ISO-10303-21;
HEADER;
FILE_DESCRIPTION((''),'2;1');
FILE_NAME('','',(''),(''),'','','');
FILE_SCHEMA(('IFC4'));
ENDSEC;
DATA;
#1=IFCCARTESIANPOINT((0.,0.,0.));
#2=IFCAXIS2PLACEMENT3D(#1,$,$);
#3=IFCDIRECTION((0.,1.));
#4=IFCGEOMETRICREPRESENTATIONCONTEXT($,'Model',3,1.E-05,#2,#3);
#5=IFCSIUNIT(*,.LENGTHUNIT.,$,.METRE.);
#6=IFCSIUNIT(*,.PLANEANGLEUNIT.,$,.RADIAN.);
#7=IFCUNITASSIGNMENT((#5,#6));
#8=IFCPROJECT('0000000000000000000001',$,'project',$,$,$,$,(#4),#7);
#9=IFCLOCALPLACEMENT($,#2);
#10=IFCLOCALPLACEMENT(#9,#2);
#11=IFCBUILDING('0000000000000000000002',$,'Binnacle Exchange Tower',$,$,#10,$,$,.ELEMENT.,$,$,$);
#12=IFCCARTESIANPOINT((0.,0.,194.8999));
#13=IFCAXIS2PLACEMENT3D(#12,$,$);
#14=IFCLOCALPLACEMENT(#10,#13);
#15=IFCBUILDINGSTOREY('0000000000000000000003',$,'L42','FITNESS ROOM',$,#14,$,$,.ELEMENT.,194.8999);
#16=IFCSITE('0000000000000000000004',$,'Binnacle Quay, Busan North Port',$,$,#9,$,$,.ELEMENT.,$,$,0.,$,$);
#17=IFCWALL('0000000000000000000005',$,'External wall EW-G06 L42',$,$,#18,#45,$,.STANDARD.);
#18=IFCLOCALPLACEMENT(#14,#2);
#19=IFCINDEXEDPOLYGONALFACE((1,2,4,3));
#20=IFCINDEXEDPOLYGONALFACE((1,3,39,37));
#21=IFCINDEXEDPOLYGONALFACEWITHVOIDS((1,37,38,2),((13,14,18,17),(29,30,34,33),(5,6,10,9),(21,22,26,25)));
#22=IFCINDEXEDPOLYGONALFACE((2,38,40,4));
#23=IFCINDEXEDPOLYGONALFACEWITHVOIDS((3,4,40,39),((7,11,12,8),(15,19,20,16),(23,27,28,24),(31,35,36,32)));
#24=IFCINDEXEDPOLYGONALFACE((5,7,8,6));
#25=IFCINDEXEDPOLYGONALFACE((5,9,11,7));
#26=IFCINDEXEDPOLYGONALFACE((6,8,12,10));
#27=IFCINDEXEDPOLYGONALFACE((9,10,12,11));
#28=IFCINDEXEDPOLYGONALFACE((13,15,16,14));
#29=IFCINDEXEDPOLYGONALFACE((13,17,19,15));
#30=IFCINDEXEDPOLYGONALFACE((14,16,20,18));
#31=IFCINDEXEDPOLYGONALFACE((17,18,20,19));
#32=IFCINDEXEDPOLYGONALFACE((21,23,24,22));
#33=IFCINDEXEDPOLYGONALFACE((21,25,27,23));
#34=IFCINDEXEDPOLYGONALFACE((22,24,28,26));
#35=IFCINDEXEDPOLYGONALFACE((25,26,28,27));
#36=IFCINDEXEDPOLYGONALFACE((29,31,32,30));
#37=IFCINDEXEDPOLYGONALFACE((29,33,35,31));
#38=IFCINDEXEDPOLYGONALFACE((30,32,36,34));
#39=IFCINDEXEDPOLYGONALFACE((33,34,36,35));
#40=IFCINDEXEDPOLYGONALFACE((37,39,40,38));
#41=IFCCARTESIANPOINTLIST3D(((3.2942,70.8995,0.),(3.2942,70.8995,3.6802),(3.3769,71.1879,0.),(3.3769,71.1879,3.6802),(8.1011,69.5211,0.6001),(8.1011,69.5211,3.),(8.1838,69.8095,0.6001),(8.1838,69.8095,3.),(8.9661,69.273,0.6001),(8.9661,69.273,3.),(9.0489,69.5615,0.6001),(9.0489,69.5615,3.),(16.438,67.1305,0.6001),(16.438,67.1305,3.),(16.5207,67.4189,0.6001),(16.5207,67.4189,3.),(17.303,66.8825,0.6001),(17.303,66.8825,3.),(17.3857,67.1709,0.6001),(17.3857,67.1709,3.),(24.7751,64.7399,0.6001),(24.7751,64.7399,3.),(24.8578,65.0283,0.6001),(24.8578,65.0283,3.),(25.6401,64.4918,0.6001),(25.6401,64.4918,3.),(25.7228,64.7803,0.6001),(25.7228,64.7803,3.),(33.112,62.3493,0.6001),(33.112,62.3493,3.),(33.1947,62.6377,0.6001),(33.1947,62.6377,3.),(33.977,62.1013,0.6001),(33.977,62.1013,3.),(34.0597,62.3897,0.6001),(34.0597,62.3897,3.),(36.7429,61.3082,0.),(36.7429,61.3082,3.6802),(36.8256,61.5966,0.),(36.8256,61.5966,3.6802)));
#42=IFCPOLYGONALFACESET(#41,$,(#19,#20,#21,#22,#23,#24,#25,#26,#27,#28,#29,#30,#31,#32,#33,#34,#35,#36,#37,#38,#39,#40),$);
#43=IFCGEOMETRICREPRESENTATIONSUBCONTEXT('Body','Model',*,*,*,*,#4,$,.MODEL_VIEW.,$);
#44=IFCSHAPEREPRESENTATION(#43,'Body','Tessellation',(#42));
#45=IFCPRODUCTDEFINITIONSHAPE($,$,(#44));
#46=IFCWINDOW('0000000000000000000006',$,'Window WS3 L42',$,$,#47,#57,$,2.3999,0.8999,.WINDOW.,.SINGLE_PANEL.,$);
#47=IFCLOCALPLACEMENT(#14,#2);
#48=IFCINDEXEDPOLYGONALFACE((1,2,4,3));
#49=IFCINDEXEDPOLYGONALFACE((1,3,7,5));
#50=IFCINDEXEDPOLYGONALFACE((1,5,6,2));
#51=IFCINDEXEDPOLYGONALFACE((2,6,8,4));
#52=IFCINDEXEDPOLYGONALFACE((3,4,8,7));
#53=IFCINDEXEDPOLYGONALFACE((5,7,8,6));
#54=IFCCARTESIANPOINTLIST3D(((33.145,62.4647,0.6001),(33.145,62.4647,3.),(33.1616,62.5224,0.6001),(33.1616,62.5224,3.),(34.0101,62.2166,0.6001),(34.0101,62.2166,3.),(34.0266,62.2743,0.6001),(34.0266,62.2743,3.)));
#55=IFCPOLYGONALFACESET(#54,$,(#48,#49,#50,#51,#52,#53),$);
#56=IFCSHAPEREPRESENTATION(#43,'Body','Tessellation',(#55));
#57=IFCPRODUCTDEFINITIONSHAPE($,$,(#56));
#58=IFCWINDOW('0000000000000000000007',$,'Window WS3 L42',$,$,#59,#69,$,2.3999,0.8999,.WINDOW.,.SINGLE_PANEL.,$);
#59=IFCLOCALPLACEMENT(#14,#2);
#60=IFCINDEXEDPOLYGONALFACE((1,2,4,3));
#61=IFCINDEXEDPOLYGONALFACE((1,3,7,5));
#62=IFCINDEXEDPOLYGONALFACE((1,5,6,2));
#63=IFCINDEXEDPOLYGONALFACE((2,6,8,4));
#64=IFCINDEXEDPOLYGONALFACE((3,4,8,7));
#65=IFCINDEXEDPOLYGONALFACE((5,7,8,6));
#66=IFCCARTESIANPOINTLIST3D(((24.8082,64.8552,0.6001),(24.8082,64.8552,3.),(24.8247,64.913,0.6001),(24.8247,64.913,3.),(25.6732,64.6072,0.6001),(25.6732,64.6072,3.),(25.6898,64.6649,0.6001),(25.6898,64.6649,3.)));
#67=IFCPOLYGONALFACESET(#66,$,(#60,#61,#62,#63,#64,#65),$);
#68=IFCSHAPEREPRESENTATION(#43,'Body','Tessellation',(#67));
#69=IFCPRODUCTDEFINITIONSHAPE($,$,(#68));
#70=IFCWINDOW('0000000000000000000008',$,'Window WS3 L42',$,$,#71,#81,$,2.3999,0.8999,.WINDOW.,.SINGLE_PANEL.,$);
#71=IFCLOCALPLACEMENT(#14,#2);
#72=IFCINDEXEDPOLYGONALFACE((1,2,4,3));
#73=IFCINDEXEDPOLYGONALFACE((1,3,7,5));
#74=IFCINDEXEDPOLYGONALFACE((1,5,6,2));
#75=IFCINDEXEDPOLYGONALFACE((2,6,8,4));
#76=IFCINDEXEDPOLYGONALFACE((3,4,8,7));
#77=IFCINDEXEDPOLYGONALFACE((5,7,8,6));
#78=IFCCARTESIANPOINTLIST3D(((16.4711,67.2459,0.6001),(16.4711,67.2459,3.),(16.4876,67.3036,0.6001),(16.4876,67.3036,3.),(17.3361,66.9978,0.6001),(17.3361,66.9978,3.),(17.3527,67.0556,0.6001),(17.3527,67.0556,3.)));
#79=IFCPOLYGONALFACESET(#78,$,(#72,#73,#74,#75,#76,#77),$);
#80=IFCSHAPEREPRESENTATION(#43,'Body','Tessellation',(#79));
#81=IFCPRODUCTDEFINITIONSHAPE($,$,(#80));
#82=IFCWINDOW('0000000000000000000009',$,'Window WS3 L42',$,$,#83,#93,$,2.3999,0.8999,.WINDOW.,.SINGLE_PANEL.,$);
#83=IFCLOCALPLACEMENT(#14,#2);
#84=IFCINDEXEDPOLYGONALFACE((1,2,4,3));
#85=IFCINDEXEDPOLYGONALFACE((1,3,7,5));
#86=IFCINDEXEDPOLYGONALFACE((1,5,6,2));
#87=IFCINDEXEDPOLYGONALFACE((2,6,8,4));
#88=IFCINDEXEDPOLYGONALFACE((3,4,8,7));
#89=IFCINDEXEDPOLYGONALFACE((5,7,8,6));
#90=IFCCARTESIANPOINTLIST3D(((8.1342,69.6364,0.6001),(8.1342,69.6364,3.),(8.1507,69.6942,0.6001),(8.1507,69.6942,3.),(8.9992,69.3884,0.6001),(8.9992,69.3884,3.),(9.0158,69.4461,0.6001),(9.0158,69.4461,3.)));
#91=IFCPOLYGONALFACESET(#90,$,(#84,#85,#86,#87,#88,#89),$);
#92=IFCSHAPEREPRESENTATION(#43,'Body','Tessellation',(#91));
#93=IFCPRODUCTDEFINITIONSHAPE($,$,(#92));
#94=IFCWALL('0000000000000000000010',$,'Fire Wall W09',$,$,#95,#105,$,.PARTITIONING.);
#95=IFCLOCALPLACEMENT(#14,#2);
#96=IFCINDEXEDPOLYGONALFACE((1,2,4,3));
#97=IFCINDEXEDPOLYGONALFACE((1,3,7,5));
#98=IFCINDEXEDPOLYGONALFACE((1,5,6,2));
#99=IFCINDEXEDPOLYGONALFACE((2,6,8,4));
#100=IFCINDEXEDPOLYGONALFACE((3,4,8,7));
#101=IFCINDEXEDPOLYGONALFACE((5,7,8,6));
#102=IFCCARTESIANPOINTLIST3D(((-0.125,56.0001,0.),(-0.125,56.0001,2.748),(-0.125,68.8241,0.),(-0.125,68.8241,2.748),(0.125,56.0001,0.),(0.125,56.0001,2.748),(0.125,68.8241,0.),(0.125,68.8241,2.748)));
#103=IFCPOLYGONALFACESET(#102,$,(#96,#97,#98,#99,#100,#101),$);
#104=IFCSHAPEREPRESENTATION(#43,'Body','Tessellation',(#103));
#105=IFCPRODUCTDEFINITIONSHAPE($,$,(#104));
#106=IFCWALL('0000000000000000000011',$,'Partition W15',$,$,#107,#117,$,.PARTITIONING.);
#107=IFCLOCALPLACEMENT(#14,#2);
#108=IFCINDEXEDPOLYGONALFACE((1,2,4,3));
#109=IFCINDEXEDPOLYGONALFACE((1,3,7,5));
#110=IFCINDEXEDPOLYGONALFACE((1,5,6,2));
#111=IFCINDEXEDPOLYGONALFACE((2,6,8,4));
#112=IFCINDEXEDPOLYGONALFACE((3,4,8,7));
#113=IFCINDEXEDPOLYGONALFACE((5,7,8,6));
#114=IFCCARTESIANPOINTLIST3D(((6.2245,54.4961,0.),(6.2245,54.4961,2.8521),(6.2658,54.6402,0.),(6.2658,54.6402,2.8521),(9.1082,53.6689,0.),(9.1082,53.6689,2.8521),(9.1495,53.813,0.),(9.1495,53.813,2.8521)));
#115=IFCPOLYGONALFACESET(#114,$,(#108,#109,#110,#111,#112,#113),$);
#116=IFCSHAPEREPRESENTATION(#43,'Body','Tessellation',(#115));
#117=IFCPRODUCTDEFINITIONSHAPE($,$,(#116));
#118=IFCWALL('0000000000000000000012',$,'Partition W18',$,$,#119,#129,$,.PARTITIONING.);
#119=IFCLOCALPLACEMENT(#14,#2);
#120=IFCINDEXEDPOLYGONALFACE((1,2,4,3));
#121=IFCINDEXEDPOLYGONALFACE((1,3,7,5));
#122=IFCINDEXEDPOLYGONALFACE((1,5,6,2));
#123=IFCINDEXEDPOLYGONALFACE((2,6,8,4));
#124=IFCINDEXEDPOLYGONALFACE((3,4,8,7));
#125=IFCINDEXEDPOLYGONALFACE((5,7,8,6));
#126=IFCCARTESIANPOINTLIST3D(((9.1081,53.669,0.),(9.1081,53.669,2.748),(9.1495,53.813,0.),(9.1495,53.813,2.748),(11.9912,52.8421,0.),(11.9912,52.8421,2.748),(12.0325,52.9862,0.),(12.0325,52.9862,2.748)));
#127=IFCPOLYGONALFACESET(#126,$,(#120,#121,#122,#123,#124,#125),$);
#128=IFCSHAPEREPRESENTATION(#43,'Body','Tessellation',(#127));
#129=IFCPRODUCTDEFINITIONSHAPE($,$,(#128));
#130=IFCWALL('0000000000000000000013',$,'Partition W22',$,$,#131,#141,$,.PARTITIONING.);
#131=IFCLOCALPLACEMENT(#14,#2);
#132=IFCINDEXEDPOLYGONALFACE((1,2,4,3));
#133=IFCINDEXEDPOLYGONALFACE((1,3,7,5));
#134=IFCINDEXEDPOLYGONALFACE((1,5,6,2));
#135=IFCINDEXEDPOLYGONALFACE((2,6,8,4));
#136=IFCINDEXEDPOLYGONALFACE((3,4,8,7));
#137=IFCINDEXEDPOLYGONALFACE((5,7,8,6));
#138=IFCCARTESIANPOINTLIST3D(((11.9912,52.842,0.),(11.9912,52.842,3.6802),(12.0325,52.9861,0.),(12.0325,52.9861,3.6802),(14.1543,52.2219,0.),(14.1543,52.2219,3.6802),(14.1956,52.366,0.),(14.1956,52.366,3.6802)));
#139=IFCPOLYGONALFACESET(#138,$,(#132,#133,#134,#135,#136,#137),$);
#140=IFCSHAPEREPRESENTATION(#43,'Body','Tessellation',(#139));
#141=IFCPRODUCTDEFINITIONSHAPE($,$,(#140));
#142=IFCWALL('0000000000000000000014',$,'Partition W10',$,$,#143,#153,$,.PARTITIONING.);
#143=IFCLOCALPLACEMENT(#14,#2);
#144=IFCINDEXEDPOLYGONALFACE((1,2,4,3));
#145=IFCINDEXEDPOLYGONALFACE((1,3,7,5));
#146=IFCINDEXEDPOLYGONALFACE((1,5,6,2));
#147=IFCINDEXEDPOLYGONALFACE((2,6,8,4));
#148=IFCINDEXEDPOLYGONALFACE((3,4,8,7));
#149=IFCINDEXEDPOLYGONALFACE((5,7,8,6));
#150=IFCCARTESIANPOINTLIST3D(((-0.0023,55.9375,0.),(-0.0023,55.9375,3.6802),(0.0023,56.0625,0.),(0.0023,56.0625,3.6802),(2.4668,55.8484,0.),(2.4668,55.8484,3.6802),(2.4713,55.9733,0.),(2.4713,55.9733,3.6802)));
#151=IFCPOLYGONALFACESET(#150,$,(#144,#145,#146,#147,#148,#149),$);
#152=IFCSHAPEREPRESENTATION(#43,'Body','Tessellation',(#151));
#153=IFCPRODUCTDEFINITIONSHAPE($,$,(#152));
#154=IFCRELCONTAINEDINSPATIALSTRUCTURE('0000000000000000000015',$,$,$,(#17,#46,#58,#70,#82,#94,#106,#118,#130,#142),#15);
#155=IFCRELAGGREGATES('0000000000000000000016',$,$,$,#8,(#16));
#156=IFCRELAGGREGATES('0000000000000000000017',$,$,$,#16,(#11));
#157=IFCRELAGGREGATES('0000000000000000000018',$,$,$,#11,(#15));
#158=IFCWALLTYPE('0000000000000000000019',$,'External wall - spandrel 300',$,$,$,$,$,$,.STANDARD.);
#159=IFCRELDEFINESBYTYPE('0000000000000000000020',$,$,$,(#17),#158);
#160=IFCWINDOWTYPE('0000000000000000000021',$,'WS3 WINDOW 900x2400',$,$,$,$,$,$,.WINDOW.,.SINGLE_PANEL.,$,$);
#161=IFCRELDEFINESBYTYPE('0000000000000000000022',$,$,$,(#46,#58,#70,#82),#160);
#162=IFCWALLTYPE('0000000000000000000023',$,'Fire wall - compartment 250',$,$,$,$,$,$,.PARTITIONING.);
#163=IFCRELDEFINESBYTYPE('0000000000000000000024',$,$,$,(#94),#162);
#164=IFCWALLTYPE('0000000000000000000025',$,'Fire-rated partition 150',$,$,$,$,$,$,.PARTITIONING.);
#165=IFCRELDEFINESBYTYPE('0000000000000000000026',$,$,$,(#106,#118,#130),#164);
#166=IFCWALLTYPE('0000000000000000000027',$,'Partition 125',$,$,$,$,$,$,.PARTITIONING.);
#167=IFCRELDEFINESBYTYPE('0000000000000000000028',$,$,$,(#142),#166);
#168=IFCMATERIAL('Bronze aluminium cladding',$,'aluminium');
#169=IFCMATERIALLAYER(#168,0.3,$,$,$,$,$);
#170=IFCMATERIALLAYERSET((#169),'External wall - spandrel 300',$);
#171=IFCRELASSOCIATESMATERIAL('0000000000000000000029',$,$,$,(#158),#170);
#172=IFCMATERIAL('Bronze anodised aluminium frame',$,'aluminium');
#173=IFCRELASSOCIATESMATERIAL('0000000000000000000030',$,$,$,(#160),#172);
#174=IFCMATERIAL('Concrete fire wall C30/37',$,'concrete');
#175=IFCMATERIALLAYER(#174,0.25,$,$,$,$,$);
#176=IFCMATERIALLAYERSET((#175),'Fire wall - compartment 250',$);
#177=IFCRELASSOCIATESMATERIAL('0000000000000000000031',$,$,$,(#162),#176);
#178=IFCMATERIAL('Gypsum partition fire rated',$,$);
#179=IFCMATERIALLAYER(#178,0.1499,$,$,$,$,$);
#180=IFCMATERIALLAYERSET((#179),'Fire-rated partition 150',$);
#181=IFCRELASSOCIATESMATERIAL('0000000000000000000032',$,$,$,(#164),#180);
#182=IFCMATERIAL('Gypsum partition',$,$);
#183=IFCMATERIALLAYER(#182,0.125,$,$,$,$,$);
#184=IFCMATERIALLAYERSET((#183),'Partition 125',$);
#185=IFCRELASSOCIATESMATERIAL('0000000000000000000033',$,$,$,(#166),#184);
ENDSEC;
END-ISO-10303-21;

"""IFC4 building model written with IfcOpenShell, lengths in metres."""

from ifc_helpers import new_model, si_unit, direction, frame, frame_2d, origin, place, context, subcontext, project, spatial, rectangle, extrude, material, layer, layer_set, type_object, element, fill, save


model = new_model("IFC4")

# Units and contexts
model_context = context("Model", 3, precision=1e-05, world=origin(), true_north=direction((0.0, 1.0)))
body_context = subcontext(model_context, "Body", "Model", "MODEL_VIEW")
ifc_project = project(units=[si_unit("LENGTHUNIT", "METRE"), si_unit("PLANEANGLEUNIT", "RADIAN")], contexts=[model_context])

# Site, building, storey
site_placement = place(None, origin())
site = spatial("IfcSite", under=ifc_project, at=site_placement, Name="Binnacle Quay, Busan North Port", CompositionType="ELEMENT", RefElevation=0.0)
building_placement = place(site_placement, origin())
building = spatial("IfcBuilding", under=site, at=building_placement, Name="Binnacle Exchange Tower", CompositionType="ELEMENT")
storey_placement = place(building_placement, frame((0.0, 0.0, 194.8999)))
storey = spatial("IfcBuildingStorey", under=building, at=storey_placement, Name="L42", Description="FITNESS ROOM", CompositionType="ELEMENT", Elevation=194.8999)

# Wall, openings, windows
ifc_material_1 = material(Name="Bronze aluminium cladding", Category="aluminium")
ifc_layer_1 = layer(ifc_material_1, 0.3)
ifc_layer_set_1 = layer_set([ifc_layer_1], Name="External wall - spandrel 300")
wall_type_1 = type_object("IfcWallType", Name="External wall - spandrel 300", PredefinedType="STANDARD", material=ifc_layer_set_1)
wall_1_placement = place(storey_placement, frame((3.3354, 71.0437, 0.0), z_axis=(0.0, 0.0, 1.0), x_axis=(0.961261, -0.275638, 0.0)))
wall_1 = element("IfcWall", 1, at=wall_1_placement, inside=storey, type_object=wall_type_1, Name="External wall EW-G06 L42", PredefinedType="STANDARD", context=body_context, shape_type="SweptSolid", body=[
    extrude(rectangle(XDim=34.7966, YDim=0.3, at=frame_2d((17.3984, 0.0))), origin(), (0.0, 0.0, 1.0), 3.6802),
])
opening_1_placement = place(wall_1_placement, frame((31.0195, 0.0, 0.6001)))
opening_1 = element("IfcOpeningElement", 2, at=opening_1_placement, cuts=wall_1, PredefinedType="OPENING", context=body_context, shape_type="SweptSolid", body=[
    extrude(rectangle(XDim=0.8999, YDim=2.3999, at=frame_2d((0.45, 1.2))), frame((0.0, 0.1599, 0.0), z_axis=(0.0, -1.0, 0.0), x_axis=(1.0, 0.0, 0.0)), (0.0, 0.0, 1.0), 0.3201),
])
opening_2_placement = place(wall_1_placement, frame((22.3467, 0.0, 0.6001)))
opening_2 = element("IfcOpeningElement", 3, at=opening_2_placement, cuts=wall_1, PredefinedType="OPENING", context=body_context, shape_type="SweptSolid", body=[
    extrude(rectangle(XDim=0.8999, YDim=2.3999, at=frame_2d((0.45, 1.2))), frame((0.0, 0.1599, 0.0), z_axis=(0.0, -1.0, 0.0), x_axis=(1.0, 0.0, 0.0)), (0.0, 0.0, 1.0), 0.3201),
])
opening_3_placement = place(wall_1_placement, frame((13.6736, 0.0, 0.6001)))
opening_3 = element("IfcOpeningElement", 4, at=opening_3_placement, cuts=wall_1, PredefinedType="OPENING", context=body_context, shape_type="SweptSolid", body=[
    extrude(rectangle(XDim=0.8999, YDim=2.3999, at=frame_2d((0.45, 1.2))), frame((0.0, 0.1599, 0.0), z_axis=(0.0, -1.0, 0.0), x_axis=(1.0, 0.0, 0.0)), (0.0, 0.0, 1.0), 0.3201),
])
opening_4_placement = place(wall_1_placement, frame((5.0007, 0.0, 0.6001)))
opening_4 = element("IfcOpeningElement", 5, at=opening_4_placement, cuts=wall_1, PredefinedType="OPENING", context=body_context, shape_type="SweptSolid", body=[
    extrude(rectangle(XDim=0.8999, YDim=2.3999, at=frame_2d((0.45, 1.2))), frame((0.0, 0.1599, 0.0), z_axis=(0.0, -1.0, 0.0), x_axis=(1.0, 0.0, 0.0)), (0.0, 0.0, 1.0), 0.3201),
])
ifc_material_2 = material(Name="Bronze anodised aluminium frame", Category="aluminium")
window_type = type_object("IfcWindowType", Name="WS3 WINDOW 900x2400", PartitioningType="SINGLE_PANEL", PredefinedType="WINDOW", material=ifc_material_2)
window_1_placement = place(opening_1_placement, origin())
window_1 = element("IfcWindow", 6, at=window_1_placement, inside=storey, type_object=window_type, Name="Window WS3 L42", OverallHeight=2.3999, OverallWidth=0.8999, PartitioningType="SINGLE_PANEL", PredefinedType="WINDOW", context=body_context, shape_type="SweptSolid", body=[
    extrude(rectangle(XDim=0.8999, YDim=2.3999, at=frame_2d((0.45, 1.2))), frame((0.0, 0.03, 0.0), z_axis=(0.0, -1.0, 0.0), x_axis=(1.0, 0.0, 0.0)), (0.0, 0.0, 1.0), 0.0601),
])
fill(opening_1, window_1)
window_2_placement = place(opening_2_placement, origin())
window_2 = element("IfcWindow", 7, at=window_2_placement, inside=storey, type_object=window_type, Name="Window WS3 L42", OverallHeight=2.3999, OverallWidth=0.8999, PartitioningType="SINGLE_PANEL", PredefinedType="WINDOW", context=body_context, shape_type="SweptSolid", body=[
    extrude(rectangle(XDim=0.8999, YDim=2.3999, at=frame_2d((0.45, 1.2))), frame((0.0, 0.03, 0.0), z_axis=(0.0, -1.0, 0.0), x_axis=(1.0, 0.0, 0.0)), (0.0, 0.0, 1.0), 0.0601),
])
fill(opening_2, window_2)
window_3_placement = place(opening_3_placement, origin())
window_3 = element("IfcWindow", 8, at=window_3_placement, inside=storey, type_object=window_type, Name="Window WS3 L42", OverallHeight=2.3999, OverallWidth=0.8999, PartitioningType="SINGLE_PANEL", PredefinedType="WINDOW", context=body_context, shape_type="SweptSolid", body=[
    extrude(rectangle(XDim=0.8999, YDim=2.3999, at=frame_2d((0.45, 1.2))), frame((0.0, 0.03, 0.0), z_axis=(0.0, -1.0, 0.0), x_axis=(1.0, 0.0, 0.0)), (0.0, 0.0, 1.0), 0.0601),
])
fill(opening_3, window_3)
window_4_placement = place(opening_4_placement, origin())
window_4 = element("IfcWindow", 9, at=window_4_placement, inside=storey, type_object=window_type, Name="Window WS3 L42", OverallHeight=2.3999, OverallWidth=0.8999, PartitioningType="SINGLE_PANEL", PredefinedType="WINDOW", context=body_context, shape_type="SweptSolid", body=[
    extrude(rectangle(XDim=0.8999, YDim=2.3999, at=frame_2d((0.45, 1.2))), frame((0.0, 0.03, 0.0), z_axis=(0.0, -1.0, 0.0), x_axis=(1.0, 0.0, 0.0)), (0.0, 0.0, 1.0), 0.0601),
])
fill(opening_4, window_4)

# Walls
ifc_material_3 = material(Name="Concrete fire wall C30/37", Category="concrete")
ifc_layer_2 = layer(ifc_material_3, 0.25)
ifc_layer_set_2 = layer_set([ifc_layer_2], Name="Fire wall - compartment 250")
wall_type_2 = type_object("IfcWallType", Name="Fire wall - compartment 250", PredefinedType="PARTITIONING", material=ifc_layer_set_2)
wall_2_placement = place(storey_placement, frame((0.0, 56.0, 0.0), z_axis=(0.0, 0.0, 1.0), x_axis=(0.0, 1.0, 0.0)))
element("IfcWall", 10, at=wall_2_placement, inside=storey, type_object=wall_type_2, Name="Fire Wall W09", PredefinedType="PARTITIONING", context=body_context, shape_type="SweptSolid", body=[
    extrude(rectangle(XDim=12.824, YDim=0.25, at=frame_2d((6.4121, 0.0))), origin(), (0.0, 0.0, 1.0), 2.748),
])
ifc_material_4 = material(Name="Gypsum partition fire rated")
ifc_layer_3 = layer(ifc_material_4, 0.1499)
ifc_layer_set_3 = layer_set([ifc_layer_3], Name="Fire-rated partition 150")
wall_type_3 = type_object("IfcWallType", Name="Fire-rated partition 150", PredefinedType="PARTITIONING", material=ifc_layer_set_3)
wall_3_placement = place(storey_placement, frame((6.2451, 54.5681, 0.0), z_axis=(0.0, 0.0, 1.0), x_axis=(0.961241, -0.27571, 0.0)))
element("IfcWall", 11, at=wall_3_placement, inside=storey, type_object=wall_type_3, Name="Partition W15", PredefinedType="PARTITIONING", context=body_context, shape_type="SweptSolid", body=[
    extrude(rectangle(XDim=3.0, YDim=0.1499, at=frame_2d((1.5, 0.0))), origin(), (0.0, 0.0, 1.0), 2.8521),
])
wall_4_placement = place(storey_placement, frame((9.1289, 53.741, 0.0), z_axis=(0.0, 0.0, 1.0), x_axis=(0.961244, -0.275699, 0.0)))
element("IfcWall", 12, at=wall_4_placement, inside=storey, type_object=wall_type_3, Name="Partition W18", PredefinedType="PARTITIONING", context=body_context, shape_type="SweptSolid", body=[
    extrude(rectangle(XDim=2.9993, YDim=0.1499, at=frame_2d((1.4995, 0.0))), origin(), (0.0, 0.0, 1.0), 2.748),
])
wall_5_placement = place(storey_placement, frame((12.012, 52.9141, 0.0), z_axis=(0.0, 0.0, 1.0), x_axis=(0.961278, -0.275581, 0.0)))
element("IfcWall", 13, at=wall_5_placement, inside=storey, type_object=wall_type_3, Name="Partition W22", PredefinedType="PARTITIONING", context=body_context, shape_type="SweptSolid", body=[
    extrude(rectangle(XDim=2.2502, YDim=0.1499, at=frame_2d((1.125, 0.0))), origin(), (0.0, 0.0, 1.0), 3.6802),
])
ifc_material_5 = material(Name="Gypsum partition")
ifc_layer_4 = layer(ifc_material_5, 0.125)
ifc_layer_set_4 = layer_set([ifc_layer_4], Name="Partition 125")
wall_type_4 = type_object("IfcWallType", Name="Partition 125", PredefinedType="PARTITIONING", material=ifc_layer_set_4)
wall_6_placement = place(storey_placement, frame((0.0, 56.0, 0.0), z_axis=(0.0, 0.0, 1.0), x_axis=(0.999349, -0.036069, 0.0)))
element("IfcWall", 14, at=wall_6_placement, inside=storey, type_object=wall_type_4, Name="Partition W10", PredefinedType="PARTITIONING", context=body_context, shape_type="SweptSolid", body=[
    extrude(rectangle(XDim=2.4707, YDim=0.125, at=frame_2d((1.2354, 0.0))), origin(), (0.0, 0.0, 1.0), 3.6802),
])

save(model, "model.ifc")
